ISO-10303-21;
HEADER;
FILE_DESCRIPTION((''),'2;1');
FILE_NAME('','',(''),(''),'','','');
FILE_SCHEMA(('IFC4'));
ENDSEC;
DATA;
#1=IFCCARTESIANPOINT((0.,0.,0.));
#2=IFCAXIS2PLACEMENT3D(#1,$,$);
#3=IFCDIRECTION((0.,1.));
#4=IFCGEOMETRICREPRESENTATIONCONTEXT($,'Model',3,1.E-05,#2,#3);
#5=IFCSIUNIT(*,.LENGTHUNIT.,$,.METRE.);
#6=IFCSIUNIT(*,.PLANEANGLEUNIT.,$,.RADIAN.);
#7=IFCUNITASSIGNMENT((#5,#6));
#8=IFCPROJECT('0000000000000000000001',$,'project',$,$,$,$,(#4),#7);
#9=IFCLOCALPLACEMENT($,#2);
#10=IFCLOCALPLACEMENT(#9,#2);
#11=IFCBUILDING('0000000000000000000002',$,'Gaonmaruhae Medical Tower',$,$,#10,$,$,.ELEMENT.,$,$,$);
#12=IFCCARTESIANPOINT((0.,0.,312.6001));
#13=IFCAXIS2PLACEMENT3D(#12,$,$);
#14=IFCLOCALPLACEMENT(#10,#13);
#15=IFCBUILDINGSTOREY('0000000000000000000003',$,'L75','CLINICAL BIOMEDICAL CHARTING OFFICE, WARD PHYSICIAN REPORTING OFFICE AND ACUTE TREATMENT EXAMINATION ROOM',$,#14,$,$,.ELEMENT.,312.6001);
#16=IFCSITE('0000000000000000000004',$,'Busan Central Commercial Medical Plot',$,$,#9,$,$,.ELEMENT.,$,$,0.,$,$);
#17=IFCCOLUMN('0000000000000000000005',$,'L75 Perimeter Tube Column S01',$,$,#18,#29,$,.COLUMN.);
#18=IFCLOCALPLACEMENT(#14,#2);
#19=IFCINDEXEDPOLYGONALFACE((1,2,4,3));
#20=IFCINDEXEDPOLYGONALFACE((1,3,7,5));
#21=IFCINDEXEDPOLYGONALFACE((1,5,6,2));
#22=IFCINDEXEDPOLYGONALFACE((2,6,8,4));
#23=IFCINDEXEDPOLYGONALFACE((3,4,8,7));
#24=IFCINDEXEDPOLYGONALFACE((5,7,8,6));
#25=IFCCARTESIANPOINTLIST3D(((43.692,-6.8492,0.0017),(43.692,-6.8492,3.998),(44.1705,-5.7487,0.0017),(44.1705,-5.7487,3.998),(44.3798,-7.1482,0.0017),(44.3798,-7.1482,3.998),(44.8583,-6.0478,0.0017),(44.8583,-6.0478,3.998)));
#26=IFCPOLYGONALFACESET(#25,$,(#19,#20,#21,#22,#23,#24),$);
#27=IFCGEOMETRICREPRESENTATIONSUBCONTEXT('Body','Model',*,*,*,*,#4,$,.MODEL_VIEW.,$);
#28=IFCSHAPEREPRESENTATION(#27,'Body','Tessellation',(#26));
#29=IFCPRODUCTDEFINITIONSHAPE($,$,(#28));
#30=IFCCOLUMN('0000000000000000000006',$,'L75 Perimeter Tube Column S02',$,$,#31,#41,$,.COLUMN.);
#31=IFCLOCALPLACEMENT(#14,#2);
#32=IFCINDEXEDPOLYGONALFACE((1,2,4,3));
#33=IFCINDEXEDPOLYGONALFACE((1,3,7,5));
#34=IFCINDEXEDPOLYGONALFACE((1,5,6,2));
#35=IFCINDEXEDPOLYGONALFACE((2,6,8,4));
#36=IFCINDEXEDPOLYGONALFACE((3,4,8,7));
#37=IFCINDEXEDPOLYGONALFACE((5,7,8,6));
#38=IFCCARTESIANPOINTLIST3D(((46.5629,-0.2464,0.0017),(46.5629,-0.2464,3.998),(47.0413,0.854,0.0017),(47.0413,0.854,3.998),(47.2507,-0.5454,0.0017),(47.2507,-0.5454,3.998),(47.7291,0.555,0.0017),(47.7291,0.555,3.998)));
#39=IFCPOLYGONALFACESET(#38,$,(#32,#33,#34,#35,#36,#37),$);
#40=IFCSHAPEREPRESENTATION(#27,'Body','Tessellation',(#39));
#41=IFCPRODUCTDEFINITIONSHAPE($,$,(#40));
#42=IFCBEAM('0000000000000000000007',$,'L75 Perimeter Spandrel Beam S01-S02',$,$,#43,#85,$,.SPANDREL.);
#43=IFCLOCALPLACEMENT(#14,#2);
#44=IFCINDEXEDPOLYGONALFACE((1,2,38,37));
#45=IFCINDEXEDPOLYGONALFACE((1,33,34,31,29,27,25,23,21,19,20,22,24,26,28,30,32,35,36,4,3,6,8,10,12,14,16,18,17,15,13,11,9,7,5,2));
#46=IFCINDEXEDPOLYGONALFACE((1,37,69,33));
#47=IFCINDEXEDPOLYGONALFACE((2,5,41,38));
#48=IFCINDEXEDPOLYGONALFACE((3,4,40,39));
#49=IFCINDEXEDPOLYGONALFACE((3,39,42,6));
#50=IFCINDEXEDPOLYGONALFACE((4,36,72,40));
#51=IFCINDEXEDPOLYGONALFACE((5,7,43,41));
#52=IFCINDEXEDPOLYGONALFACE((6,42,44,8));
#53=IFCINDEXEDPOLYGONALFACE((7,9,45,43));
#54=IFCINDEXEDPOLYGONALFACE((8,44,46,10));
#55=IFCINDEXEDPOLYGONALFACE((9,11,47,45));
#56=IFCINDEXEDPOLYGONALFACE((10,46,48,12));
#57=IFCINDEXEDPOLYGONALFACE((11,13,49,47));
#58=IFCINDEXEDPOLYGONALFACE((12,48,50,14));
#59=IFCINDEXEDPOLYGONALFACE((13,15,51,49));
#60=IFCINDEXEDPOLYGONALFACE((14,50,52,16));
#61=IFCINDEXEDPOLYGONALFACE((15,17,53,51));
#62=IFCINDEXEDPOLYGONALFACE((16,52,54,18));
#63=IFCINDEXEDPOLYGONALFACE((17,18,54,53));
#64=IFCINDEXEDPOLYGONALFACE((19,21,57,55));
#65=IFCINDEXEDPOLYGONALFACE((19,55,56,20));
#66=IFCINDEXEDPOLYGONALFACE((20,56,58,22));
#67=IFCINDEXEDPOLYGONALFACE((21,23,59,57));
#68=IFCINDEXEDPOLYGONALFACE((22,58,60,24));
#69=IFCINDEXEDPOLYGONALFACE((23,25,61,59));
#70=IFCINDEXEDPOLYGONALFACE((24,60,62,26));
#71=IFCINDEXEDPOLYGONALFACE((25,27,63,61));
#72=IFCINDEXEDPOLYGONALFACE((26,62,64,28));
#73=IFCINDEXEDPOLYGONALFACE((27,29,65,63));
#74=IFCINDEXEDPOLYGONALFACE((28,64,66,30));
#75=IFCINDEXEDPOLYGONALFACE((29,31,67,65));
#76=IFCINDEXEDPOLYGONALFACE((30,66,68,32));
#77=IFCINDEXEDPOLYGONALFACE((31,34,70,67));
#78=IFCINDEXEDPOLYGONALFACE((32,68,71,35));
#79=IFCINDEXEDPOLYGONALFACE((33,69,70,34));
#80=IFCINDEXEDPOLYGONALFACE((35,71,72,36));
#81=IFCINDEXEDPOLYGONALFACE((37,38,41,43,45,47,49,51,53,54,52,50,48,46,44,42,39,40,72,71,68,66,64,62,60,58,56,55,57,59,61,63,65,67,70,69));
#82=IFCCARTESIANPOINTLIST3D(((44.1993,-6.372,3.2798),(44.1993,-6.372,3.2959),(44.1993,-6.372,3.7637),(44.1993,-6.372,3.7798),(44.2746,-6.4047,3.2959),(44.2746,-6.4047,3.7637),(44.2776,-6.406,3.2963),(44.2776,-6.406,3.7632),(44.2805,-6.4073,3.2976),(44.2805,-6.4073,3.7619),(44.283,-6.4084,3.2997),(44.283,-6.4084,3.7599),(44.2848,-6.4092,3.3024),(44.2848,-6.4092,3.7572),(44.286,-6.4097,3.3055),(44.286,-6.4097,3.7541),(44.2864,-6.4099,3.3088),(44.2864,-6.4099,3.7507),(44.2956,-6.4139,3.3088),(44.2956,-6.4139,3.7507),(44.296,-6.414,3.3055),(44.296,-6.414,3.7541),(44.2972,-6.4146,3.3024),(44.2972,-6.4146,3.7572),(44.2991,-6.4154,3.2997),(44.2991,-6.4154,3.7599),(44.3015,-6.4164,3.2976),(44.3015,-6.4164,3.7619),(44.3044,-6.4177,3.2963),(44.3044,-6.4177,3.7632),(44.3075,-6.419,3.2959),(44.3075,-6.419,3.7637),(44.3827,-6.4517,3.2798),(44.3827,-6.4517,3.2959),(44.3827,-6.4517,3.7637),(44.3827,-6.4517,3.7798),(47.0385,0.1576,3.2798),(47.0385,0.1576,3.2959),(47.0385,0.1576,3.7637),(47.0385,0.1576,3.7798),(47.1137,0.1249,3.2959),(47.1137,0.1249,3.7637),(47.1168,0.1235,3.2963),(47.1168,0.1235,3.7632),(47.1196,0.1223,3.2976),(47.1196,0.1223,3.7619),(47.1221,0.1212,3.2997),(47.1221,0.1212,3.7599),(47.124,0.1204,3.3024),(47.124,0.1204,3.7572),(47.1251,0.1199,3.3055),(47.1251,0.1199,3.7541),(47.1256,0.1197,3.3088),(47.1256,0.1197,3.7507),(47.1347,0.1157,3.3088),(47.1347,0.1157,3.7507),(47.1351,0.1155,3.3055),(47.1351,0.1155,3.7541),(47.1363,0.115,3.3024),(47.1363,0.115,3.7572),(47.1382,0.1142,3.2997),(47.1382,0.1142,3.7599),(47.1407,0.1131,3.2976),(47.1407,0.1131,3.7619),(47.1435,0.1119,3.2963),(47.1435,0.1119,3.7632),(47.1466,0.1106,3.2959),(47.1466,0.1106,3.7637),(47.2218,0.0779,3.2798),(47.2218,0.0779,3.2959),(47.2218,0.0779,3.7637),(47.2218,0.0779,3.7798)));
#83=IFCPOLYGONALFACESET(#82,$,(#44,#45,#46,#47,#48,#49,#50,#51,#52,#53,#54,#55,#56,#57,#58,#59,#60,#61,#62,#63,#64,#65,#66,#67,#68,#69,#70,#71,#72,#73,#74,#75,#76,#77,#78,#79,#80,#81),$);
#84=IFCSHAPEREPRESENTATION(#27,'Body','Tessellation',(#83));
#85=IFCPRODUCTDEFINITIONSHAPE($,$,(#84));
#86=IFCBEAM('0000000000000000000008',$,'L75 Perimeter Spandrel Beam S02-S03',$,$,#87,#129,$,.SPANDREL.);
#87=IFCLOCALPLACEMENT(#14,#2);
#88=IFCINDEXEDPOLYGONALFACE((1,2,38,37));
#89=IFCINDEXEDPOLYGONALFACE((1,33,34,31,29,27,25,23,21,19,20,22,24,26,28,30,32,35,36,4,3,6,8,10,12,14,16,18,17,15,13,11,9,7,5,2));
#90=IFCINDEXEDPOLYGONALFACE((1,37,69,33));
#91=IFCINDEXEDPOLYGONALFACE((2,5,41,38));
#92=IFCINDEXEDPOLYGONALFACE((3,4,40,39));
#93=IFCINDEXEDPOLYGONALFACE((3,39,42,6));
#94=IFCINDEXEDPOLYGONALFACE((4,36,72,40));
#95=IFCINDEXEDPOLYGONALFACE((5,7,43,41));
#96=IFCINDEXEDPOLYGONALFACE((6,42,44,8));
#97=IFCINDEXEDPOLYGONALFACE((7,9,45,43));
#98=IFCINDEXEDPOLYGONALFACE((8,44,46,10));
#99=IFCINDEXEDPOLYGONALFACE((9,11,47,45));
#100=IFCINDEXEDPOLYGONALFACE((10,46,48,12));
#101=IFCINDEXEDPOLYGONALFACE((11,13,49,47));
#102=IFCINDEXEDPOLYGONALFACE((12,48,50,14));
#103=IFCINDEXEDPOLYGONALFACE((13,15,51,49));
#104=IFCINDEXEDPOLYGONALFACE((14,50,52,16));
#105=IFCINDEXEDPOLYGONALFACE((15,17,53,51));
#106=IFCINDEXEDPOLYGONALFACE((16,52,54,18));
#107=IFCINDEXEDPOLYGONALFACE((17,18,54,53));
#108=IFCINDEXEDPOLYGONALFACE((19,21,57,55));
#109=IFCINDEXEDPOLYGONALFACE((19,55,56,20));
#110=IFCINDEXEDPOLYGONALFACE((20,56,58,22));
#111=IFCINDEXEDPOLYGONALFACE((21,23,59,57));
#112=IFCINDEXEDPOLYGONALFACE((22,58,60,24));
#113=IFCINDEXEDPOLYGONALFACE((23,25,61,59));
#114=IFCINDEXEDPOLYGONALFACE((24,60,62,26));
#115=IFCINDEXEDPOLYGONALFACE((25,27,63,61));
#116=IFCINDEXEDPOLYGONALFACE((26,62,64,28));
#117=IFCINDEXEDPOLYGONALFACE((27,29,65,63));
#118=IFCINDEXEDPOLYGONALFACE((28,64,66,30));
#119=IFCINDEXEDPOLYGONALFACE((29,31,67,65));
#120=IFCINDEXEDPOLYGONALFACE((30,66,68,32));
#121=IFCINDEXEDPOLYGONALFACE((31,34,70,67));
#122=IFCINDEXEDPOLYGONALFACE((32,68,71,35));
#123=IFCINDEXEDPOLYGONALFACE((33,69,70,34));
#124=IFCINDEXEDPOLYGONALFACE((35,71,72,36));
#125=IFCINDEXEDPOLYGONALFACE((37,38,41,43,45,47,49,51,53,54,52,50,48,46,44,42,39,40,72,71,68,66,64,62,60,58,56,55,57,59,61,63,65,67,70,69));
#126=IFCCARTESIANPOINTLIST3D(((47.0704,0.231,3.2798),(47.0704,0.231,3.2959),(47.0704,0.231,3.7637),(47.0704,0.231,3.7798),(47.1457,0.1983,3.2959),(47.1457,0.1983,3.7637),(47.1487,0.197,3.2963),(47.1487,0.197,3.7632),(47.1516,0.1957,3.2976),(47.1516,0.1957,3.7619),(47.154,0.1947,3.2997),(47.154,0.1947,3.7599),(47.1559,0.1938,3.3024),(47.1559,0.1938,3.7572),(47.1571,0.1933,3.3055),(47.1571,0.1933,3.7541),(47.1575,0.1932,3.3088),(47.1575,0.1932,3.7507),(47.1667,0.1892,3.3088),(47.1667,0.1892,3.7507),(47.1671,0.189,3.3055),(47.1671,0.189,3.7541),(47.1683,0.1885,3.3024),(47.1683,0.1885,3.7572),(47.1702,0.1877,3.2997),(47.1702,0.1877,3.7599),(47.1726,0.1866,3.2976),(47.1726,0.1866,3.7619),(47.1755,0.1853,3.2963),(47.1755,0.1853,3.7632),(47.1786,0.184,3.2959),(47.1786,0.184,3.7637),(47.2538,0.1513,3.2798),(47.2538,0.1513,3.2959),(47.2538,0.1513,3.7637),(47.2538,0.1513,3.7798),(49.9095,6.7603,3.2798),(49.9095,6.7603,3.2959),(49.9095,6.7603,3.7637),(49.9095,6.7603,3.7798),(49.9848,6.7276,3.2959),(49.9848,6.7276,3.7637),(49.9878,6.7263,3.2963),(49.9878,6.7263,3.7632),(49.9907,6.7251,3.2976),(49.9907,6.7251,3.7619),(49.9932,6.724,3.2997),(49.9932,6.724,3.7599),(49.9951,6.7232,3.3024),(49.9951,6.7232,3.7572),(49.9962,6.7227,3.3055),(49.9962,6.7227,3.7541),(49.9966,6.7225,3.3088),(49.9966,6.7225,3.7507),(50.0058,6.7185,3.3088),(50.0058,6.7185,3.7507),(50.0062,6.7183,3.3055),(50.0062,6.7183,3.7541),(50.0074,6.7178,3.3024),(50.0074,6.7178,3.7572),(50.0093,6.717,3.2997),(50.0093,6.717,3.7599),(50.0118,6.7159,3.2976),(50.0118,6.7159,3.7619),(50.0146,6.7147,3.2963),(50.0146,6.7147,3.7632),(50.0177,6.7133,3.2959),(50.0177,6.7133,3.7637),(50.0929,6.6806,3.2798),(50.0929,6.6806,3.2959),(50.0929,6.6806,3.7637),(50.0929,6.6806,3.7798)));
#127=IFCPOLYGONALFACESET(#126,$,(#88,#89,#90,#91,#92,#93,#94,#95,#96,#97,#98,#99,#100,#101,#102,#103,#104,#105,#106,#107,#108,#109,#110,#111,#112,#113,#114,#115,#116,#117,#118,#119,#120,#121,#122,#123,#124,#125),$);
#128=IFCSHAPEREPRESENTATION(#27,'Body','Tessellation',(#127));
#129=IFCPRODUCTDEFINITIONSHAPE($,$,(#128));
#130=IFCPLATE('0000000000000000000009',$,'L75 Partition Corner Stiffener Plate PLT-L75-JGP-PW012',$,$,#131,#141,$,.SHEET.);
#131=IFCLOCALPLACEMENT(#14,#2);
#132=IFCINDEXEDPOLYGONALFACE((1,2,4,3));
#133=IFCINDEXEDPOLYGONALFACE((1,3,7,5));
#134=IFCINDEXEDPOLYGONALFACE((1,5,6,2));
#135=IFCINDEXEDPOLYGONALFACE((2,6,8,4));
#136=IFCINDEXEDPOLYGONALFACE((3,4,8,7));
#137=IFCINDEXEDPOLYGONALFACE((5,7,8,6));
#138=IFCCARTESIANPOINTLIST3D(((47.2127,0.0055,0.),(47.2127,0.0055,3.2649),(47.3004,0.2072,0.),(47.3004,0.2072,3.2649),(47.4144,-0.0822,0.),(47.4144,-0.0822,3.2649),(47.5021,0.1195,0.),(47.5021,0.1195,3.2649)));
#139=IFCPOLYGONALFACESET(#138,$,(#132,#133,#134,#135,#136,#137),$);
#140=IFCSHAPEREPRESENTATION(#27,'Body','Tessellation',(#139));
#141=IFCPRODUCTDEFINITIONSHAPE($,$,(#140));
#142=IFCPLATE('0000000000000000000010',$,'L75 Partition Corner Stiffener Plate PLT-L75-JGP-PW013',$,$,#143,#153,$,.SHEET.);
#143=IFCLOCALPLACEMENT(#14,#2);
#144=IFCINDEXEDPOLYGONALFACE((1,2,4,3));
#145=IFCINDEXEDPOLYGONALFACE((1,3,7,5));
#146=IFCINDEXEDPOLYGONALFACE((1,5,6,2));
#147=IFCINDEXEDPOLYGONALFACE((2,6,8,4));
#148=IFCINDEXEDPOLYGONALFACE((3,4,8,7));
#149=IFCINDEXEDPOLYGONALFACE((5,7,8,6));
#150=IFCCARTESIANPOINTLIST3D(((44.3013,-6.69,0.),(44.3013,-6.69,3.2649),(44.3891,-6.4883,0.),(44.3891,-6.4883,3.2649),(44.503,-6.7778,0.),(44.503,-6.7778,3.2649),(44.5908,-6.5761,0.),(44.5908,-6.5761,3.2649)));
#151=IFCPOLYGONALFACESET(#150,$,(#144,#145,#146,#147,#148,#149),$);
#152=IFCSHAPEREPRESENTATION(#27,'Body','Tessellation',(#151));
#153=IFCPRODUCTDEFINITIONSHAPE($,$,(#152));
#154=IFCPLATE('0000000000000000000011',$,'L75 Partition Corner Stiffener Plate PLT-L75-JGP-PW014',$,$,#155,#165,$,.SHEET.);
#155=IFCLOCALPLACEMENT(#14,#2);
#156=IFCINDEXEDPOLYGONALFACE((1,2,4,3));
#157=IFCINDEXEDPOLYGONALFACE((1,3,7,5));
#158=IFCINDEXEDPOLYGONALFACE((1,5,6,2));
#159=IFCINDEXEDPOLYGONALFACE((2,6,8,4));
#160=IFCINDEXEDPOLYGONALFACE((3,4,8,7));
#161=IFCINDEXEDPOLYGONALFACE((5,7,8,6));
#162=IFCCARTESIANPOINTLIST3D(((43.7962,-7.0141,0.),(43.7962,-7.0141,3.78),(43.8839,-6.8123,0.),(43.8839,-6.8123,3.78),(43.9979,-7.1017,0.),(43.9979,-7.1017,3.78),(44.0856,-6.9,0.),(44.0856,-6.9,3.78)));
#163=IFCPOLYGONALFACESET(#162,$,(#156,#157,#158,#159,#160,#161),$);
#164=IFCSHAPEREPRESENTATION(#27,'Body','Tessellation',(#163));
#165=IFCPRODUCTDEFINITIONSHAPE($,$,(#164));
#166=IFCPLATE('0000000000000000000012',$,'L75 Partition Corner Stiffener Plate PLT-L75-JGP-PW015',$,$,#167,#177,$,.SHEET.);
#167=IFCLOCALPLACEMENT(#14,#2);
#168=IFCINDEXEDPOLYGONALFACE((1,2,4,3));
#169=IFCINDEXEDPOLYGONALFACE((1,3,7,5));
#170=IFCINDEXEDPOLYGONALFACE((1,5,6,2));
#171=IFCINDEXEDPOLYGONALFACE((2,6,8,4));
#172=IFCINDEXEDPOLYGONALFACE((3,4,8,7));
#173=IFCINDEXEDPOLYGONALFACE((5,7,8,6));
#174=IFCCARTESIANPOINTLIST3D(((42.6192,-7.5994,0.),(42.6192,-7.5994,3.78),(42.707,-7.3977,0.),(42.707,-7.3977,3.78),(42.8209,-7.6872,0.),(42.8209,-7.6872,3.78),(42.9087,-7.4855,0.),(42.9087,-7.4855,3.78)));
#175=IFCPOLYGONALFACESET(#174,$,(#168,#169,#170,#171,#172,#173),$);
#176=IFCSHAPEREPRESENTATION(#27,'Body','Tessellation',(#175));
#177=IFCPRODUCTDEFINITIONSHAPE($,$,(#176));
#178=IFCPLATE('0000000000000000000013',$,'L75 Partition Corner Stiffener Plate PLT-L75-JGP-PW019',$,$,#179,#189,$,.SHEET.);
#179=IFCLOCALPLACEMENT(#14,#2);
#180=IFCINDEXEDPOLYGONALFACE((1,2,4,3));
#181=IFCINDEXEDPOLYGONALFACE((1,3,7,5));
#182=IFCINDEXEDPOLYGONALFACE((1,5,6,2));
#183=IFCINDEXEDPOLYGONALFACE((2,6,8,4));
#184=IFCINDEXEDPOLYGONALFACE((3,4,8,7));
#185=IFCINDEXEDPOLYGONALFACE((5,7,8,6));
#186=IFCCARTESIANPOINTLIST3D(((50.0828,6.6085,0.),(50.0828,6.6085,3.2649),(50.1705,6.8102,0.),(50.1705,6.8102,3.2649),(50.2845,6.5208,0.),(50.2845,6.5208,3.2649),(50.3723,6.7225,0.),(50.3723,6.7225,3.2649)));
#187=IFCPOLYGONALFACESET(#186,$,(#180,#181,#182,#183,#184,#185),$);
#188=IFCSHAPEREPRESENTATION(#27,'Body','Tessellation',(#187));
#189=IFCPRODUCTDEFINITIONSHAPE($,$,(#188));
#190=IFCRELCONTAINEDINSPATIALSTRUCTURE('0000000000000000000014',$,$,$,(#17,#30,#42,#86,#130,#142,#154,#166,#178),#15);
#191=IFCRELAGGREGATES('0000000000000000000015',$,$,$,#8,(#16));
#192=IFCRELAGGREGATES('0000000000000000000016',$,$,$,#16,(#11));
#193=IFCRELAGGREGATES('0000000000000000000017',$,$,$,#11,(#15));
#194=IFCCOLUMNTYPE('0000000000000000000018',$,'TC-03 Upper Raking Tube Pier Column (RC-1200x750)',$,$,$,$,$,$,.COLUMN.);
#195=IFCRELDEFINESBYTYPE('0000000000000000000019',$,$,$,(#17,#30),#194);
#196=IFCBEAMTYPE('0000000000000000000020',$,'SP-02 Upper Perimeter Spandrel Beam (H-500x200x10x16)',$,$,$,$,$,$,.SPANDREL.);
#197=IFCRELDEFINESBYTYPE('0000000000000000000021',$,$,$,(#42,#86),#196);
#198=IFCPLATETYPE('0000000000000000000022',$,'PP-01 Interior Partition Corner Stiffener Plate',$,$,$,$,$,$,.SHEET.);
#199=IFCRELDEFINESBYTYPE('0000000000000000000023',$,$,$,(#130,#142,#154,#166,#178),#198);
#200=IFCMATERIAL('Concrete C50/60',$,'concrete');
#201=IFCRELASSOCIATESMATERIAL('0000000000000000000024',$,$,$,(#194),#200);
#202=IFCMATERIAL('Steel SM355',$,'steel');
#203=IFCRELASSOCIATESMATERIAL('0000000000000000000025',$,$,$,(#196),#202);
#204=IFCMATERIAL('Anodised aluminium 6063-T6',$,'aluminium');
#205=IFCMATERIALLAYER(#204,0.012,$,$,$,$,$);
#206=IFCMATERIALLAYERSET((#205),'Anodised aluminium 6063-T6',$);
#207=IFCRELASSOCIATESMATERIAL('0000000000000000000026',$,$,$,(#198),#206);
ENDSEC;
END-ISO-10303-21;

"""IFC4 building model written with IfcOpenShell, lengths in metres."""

from ifc_helpers import new_model, si_unit, direction, frame, origin, origin_2d, place, context, subcontext, project, spatial, rectangle, i_section, extrude, material, layer, layer_set, material_profile, profile_set, type_object, element, save


model = new_model("IFC4")

# Units and contexts
model_context = context("Model", 3, precision=1e-05, world=origin(), true_north=direction((0.0, 1.0)))
body_context = subcontext(model_context, "Body", "Model", "MODEL_VIEW")
ifc_project = project(units=[si_unit("LENGTHUNIT", "METRE"), si_unit("PLANEANGLEUNIT", "RADIAN")], contexts=[model_context])

# Site, building, storey
site_placement = place(None, origin())
site = spatial("IfcSite", under=ifc_project, at=site_placement, Name="Busan Central Commercial Medical Plot", CompositionType="ELEMENT", RefElevation=0.0)
building_placement = place(site_placement, origin())
building = spatial("IfcBuilding", under=site, at=building_placement, Name="Gaonmaruhae Medical Tower", CompositionType="ELEMENT")
storey_placement = place(building_placement, frame((0.0, 0.0, 312.6001)))
storey = spatial("IfcBuildingStorey", under=building, at=storey_placement, Name="L75", Description="CLINICAL BIOMEDICAL CHARTING OFFICE, WARD PHYSICIAN REPORTING OFFICE AND ACUTE TREATMENT EXAMINATION ROOM", CompositionType="ELEMENT", Elevation=312.6001)

# Columns
ifc_material_1 = material(Name="Concrete C50/60", Category="concrete")
ifc_material_profile_1 = material_profile(ifc_material_1, rectangle(XDim=1.2, YDim=0.75, at=origin_2d()), Name="RC-1200x750")
ifc_profile_set_1 = profile_set([ifc_material_profile_1], Name="Concrete C50/60")
column_type = type_object("IfcColumnType", Name="TC-03 Upper Raking Tube Pier Column (RC-1200x750)", PredefinedType="COLUMN", material=ifc_profile_set_1)
for number, where, z_axis, x_axis, name in (
    (1, (44.2751, -6.4485, 0.0017), (0.0, 0.0, 1.0), (0.398749, 0.91706, 0.0), "L75 Perimeter Tube Column S01"),
    (2, (47.146, 0.1543, 0.0017), (0.0, 0.0, 1.0), (0.398749, 0.91706, 0.0), "L75 Perimeter Tube Column S02"),
):
    element("IfcColumn", number, at=place(storey_placement, frame(where, z_axis=z_axis, x_axis=x_axis)), inside=storey, type_object=column_type, Name=name, PredefinedType="COLUMN", context=body_context, shape_type="SweptSolid", body=[
        extrude(rectangle(XDim=1.2, YDim=0.75, at=origin_2d()), origin(), (0.0, 0.0, 1.0), 3.9963),
    ])

# Beams
ifc_material_2 = material(Name="Steel SM355", Category="steel")
ifc_material_profile_2 = material_profile(ifc_material_2, i_section(OverallWidth=0.2, OverallDepth=0.5, WebThickness=0.01, FlangeThickness=0.0161, FilletRadius=0.0129, at=origin_2d()), Name="H-500x200x10x16")
ifc_profile_set_2 = profile_set([ifc_material_profile_2], Name="Steel SM355")
beam_type = type_object("IfcBeamType", Name="SP-02 Upper Perimeter Spandrel Beam (H-500x200x10x16)", PredefinedType="SPANDREL", material=ifc_profile_set_2)
beam_1_placement = place(storey_placement, frame((44.291, -6.4119, 3.5298), z_axis=(0.398747, 0.917061, 0.0), x_axis=(-0.917061, 0.398747, 0.0)))
element("IfcBeam", 3, at=beam_1_placement, inside=storey, type_object=beam_type, Name="L75 Perimeter Spandrel Beam S01-S02", PredefinedType="SPANDREL", context=body_context, shape_type="SweptSolid", body=[
    extrude(i_section(OverallWidth=0.2, OverallDepth=0.5, WebThickness=0.01, FlangeThickness=0.0161, FilletRadius=0.0129, at=origin_2d()), origin(), (0.0, 0.0, 1.0), 7.1201),
])
beam_2_placement = place(storey_placement, frame((47.1621, 0.1912, 3.5298), z_axis=(0.39876, 0.917055, 0.0), x_axis=(-0.917055, 0.39876, 0.0)))
element("IfcBeam", 4, at=beam_2_placement, inside=storey, type_object=beam_type, Name="L75 Perimeter Spandrel Beam S02-S03", PredefinedType="SPANDREL", context=body_context, shape_type="SweptSolid", body=[
    extrude(i_section(OverallWidth=0.2, OverallDepth=0.5, WebThickness=0.01, FlangeThickness=0.0161, FilletRadius=0.0129, at=origin_2d()), origin(), (0.0, 0.0, 1.0), 7.1199),
])

# Plates
ifc_material_3 = material(Name="Anodised aluminium 6063-T6", Category="aluminium")
ifc_layer_1 = layer(ifc_material_3, 0.012)
ifc_layer_set_1 = layer_set([ifc_layer_1], Name="Anodised aluminium 6063-T6")
plate_type = type_object("IfcPlateType", Name="PP-01 Interior Partition Corner Stiffener Plate", PredefinedType="SHEET", material=ifc_layer_set_1)
for number, where, z_axis, x_axis, name in (
    (5, (47.3574, 0.0625, 0.0), (0.0, 0.0, 1.0), (-0.398765, -0.917053, 0.0), "L75 Partition Corner Stiffener Plate PLT-L75-JGP-PW012"),
    (6, (44.446, -6.6331, 0.0), (0.0, 0.0, 1.0), (-0.399245, -0.916844, 0.0), "L75 Partition Corner Stiffener Plate PLT-L75-JGP-PW013"),
):
    element("IfcPlate", number, at=place(storey_placement, frame(where, z_axis=z_axis, x_axis=x_axis)), inside=storey, type_object=plate_type, Name=name, PredefinedType="SHEET", context=body_context, shape_type="SweptSolid", body=[
        extrude(rectangle(XDim=0.22, YDim=0.22, at=origin_2d()), origin(), (0.0, 0.0, 1.0), 3.2649),
    ])
for number, where, z_axis, x_axis, name in (
    (7, (43.9409, -6.957, 0.0), (0.0, 0.0, 1.0), (-0.917116, 0.398621, 0.0), "L75 Partition Corner Stiffener Plate PLT-L75-JGP-PW014"),
    (8, (42.7639, -7.5425, 0.0), (0.0, 0.0, 1.0), (-0.399165, -0.916879, 0.0), "L75 Partition Corner Stiffener Plate PLT-L75-JGP-PW015"),
):
    element("IfcPlate", number, at=place(storey_placement, frame(where, z_axis=z_axis, x_axis=x_axis)), inside=storey, type_object=plate_type, Name=name, PredefinedType="SHEET", context=body_context, shape_type="SweptSolid", body=[
        extrude(rectangle(XDim=0.22, YDim=0.22, at=origin_2d()), origin(), (0.0, 0.0, 1.0), 3.78),
    ])
plate_placement = place(storey_placement, frame((50.2275, 6.6655, 0.0), z_axis=(0.0, 0.0, 1.0), x_axis=(-0.398765, -0.917053, 0.0)))
element("IfcPlate", 9, at=plate_placement, inside=storey, type_object=plate_type, Name="L75 Partition Corner Stiffener Plate PLT-L75-JGP-PW019", PredefinedType="SHEET", context=body_context, shape_type="SweptSolid", body=[
    extrude(rectangle(XDim=0.22, YDim=0.22, at=origin_2d()), origin(), (0.0, 0.0, 1.0), 3.2649),
])

save(model, "model.ifc")
